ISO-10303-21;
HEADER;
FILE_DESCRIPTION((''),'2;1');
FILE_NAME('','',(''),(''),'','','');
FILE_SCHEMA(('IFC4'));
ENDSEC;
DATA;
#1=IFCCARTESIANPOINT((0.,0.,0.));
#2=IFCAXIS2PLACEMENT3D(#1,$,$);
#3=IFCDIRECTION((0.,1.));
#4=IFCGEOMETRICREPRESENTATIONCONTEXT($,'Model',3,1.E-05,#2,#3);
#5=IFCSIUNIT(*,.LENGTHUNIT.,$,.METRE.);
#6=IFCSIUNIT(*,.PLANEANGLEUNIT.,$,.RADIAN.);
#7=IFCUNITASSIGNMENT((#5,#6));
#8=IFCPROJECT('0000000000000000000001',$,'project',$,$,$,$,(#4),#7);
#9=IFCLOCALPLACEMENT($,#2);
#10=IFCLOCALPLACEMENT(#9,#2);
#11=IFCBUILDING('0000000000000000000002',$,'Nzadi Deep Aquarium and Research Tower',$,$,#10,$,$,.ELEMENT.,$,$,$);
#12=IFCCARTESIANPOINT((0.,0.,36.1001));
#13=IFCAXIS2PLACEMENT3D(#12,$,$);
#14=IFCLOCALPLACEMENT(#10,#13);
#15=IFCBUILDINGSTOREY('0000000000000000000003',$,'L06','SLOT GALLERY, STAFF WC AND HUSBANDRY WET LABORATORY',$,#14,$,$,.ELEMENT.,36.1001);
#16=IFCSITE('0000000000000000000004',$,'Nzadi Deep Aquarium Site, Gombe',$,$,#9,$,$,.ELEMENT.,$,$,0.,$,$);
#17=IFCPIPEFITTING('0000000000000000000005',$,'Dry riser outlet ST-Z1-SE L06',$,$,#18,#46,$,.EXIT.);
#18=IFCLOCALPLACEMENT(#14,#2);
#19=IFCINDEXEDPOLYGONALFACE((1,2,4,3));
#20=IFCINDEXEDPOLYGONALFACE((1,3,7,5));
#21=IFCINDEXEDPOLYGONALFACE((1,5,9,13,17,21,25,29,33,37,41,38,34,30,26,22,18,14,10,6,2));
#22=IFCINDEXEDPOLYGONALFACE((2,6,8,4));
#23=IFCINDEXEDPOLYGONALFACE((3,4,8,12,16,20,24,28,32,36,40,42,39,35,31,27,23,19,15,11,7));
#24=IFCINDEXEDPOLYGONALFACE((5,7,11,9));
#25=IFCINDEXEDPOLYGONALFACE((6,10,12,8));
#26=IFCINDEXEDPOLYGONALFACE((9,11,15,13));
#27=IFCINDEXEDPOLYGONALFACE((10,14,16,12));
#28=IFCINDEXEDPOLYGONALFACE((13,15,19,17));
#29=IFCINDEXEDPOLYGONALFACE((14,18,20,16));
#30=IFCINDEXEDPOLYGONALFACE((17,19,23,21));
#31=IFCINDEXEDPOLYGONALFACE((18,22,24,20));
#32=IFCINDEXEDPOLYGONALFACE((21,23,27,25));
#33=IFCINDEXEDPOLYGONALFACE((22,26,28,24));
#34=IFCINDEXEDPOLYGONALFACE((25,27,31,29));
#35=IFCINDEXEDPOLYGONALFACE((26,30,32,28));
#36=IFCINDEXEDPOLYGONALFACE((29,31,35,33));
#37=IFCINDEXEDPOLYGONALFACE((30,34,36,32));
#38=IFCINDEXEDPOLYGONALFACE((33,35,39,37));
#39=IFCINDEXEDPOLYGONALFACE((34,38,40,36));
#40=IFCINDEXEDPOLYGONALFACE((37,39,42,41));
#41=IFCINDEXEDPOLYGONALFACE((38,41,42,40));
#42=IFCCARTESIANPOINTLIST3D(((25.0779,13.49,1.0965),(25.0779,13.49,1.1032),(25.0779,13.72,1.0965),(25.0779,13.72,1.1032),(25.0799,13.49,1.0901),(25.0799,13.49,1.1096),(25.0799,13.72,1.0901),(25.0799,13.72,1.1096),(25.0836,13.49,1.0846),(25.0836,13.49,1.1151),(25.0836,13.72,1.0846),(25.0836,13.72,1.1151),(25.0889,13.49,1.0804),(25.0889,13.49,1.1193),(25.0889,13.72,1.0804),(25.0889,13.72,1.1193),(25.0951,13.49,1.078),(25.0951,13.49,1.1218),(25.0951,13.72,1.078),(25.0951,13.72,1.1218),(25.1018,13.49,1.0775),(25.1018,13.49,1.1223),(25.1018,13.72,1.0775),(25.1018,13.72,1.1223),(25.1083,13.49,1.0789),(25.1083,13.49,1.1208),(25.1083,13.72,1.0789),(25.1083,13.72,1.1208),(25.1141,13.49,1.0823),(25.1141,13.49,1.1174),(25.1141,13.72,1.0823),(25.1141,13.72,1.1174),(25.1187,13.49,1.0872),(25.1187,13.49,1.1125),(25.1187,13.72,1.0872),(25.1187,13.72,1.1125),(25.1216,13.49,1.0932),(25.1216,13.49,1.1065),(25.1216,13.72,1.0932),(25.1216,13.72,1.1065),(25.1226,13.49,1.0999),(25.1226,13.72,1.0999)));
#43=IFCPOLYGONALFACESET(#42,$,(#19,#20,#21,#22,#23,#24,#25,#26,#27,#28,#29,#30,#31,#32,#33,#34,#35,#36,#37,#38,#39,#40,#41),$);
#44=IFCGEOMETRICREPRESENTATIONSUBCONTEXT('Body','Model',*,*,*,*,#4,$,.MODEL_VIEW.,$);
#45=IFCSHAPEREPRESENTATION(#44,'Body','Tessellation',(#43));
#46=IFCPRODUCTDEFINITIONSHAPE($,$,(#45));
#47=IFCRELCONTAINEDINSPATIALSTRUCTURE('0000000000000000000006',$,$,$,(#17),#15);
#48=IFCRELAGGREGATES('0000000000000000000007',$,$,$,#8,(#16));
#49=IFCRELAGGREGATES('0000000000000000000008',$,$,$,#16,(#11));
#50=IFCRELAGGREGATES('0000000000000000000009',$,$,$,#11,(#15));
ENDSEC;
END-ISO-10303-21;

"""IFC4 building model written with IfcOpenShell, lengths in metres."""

from ifc_helpers import new_model, si_unit, direction, frame, origin, origin_2d, place, context, subcontext, project, spatial, circle, extrude, element, save


model = new_model("IFC4")

# Units and contexts
model_context = context("Model", 3, precision=1e-05, world=origin(), true_north=direction((0.0, 1.0)))
body_context = subcontext(model_context, "Body", "Model", "MODEL_VIEW")
ifc_project = project(units=[si_unit("LENGTHUNIT", "METRE"), si_unit("PLANEANGLEUNIT", "RADIAN")], contexts=[model_context])

# Site, building, storey
site_placement = place(None, origin())
site = spatial("IfcSite", under=ifc_project, at=site_placement, Name="Nzadi Deep Aquarium Site, Gombe", CompositionType="ELEMENT", RefElevation=0.0)
building_placement = place(site_placement, origin())
building = spatial("IfcBuilding", under=site, at=building_placement, Name="Nzadi Deep Aquarium and Research Tower", CompositionType="ELEMENT")
storey_placement = place(building_placement, frame((0.0, 0.0, 36.1001)))
storey = spatial("IfcBuildingStorey", under=building, at=storey_placement, Name="L06", Description="SLOT GALLERY, STAFF WC AND HUSBANDRY WET LABORATORY", CompositionType="ELEMENT", Elevation=36.1001)

# Pipe fitting
pipe_fitting_placement = place(storey_placement, frame((25.1001, 13.72, 1.0999), z_axis=(0.0, -1.0, 0.0), x_axis=(1.0, 0.0, 0.0)))
element("IfcPipeFitting", 1, at=pipe_fitting_placement, inside=storey, Name="Dry riser outlet ST-Z1-SE L06", PredefinedType="EXIT", context=body_context, shape_type="SweptSolid", body=[
    extrude(circle(Radius=0.0225, at=origin_2d()), origin(), (0.0, 0.0, 1.0), 0.23),
])

save(model, "model.ifc")
